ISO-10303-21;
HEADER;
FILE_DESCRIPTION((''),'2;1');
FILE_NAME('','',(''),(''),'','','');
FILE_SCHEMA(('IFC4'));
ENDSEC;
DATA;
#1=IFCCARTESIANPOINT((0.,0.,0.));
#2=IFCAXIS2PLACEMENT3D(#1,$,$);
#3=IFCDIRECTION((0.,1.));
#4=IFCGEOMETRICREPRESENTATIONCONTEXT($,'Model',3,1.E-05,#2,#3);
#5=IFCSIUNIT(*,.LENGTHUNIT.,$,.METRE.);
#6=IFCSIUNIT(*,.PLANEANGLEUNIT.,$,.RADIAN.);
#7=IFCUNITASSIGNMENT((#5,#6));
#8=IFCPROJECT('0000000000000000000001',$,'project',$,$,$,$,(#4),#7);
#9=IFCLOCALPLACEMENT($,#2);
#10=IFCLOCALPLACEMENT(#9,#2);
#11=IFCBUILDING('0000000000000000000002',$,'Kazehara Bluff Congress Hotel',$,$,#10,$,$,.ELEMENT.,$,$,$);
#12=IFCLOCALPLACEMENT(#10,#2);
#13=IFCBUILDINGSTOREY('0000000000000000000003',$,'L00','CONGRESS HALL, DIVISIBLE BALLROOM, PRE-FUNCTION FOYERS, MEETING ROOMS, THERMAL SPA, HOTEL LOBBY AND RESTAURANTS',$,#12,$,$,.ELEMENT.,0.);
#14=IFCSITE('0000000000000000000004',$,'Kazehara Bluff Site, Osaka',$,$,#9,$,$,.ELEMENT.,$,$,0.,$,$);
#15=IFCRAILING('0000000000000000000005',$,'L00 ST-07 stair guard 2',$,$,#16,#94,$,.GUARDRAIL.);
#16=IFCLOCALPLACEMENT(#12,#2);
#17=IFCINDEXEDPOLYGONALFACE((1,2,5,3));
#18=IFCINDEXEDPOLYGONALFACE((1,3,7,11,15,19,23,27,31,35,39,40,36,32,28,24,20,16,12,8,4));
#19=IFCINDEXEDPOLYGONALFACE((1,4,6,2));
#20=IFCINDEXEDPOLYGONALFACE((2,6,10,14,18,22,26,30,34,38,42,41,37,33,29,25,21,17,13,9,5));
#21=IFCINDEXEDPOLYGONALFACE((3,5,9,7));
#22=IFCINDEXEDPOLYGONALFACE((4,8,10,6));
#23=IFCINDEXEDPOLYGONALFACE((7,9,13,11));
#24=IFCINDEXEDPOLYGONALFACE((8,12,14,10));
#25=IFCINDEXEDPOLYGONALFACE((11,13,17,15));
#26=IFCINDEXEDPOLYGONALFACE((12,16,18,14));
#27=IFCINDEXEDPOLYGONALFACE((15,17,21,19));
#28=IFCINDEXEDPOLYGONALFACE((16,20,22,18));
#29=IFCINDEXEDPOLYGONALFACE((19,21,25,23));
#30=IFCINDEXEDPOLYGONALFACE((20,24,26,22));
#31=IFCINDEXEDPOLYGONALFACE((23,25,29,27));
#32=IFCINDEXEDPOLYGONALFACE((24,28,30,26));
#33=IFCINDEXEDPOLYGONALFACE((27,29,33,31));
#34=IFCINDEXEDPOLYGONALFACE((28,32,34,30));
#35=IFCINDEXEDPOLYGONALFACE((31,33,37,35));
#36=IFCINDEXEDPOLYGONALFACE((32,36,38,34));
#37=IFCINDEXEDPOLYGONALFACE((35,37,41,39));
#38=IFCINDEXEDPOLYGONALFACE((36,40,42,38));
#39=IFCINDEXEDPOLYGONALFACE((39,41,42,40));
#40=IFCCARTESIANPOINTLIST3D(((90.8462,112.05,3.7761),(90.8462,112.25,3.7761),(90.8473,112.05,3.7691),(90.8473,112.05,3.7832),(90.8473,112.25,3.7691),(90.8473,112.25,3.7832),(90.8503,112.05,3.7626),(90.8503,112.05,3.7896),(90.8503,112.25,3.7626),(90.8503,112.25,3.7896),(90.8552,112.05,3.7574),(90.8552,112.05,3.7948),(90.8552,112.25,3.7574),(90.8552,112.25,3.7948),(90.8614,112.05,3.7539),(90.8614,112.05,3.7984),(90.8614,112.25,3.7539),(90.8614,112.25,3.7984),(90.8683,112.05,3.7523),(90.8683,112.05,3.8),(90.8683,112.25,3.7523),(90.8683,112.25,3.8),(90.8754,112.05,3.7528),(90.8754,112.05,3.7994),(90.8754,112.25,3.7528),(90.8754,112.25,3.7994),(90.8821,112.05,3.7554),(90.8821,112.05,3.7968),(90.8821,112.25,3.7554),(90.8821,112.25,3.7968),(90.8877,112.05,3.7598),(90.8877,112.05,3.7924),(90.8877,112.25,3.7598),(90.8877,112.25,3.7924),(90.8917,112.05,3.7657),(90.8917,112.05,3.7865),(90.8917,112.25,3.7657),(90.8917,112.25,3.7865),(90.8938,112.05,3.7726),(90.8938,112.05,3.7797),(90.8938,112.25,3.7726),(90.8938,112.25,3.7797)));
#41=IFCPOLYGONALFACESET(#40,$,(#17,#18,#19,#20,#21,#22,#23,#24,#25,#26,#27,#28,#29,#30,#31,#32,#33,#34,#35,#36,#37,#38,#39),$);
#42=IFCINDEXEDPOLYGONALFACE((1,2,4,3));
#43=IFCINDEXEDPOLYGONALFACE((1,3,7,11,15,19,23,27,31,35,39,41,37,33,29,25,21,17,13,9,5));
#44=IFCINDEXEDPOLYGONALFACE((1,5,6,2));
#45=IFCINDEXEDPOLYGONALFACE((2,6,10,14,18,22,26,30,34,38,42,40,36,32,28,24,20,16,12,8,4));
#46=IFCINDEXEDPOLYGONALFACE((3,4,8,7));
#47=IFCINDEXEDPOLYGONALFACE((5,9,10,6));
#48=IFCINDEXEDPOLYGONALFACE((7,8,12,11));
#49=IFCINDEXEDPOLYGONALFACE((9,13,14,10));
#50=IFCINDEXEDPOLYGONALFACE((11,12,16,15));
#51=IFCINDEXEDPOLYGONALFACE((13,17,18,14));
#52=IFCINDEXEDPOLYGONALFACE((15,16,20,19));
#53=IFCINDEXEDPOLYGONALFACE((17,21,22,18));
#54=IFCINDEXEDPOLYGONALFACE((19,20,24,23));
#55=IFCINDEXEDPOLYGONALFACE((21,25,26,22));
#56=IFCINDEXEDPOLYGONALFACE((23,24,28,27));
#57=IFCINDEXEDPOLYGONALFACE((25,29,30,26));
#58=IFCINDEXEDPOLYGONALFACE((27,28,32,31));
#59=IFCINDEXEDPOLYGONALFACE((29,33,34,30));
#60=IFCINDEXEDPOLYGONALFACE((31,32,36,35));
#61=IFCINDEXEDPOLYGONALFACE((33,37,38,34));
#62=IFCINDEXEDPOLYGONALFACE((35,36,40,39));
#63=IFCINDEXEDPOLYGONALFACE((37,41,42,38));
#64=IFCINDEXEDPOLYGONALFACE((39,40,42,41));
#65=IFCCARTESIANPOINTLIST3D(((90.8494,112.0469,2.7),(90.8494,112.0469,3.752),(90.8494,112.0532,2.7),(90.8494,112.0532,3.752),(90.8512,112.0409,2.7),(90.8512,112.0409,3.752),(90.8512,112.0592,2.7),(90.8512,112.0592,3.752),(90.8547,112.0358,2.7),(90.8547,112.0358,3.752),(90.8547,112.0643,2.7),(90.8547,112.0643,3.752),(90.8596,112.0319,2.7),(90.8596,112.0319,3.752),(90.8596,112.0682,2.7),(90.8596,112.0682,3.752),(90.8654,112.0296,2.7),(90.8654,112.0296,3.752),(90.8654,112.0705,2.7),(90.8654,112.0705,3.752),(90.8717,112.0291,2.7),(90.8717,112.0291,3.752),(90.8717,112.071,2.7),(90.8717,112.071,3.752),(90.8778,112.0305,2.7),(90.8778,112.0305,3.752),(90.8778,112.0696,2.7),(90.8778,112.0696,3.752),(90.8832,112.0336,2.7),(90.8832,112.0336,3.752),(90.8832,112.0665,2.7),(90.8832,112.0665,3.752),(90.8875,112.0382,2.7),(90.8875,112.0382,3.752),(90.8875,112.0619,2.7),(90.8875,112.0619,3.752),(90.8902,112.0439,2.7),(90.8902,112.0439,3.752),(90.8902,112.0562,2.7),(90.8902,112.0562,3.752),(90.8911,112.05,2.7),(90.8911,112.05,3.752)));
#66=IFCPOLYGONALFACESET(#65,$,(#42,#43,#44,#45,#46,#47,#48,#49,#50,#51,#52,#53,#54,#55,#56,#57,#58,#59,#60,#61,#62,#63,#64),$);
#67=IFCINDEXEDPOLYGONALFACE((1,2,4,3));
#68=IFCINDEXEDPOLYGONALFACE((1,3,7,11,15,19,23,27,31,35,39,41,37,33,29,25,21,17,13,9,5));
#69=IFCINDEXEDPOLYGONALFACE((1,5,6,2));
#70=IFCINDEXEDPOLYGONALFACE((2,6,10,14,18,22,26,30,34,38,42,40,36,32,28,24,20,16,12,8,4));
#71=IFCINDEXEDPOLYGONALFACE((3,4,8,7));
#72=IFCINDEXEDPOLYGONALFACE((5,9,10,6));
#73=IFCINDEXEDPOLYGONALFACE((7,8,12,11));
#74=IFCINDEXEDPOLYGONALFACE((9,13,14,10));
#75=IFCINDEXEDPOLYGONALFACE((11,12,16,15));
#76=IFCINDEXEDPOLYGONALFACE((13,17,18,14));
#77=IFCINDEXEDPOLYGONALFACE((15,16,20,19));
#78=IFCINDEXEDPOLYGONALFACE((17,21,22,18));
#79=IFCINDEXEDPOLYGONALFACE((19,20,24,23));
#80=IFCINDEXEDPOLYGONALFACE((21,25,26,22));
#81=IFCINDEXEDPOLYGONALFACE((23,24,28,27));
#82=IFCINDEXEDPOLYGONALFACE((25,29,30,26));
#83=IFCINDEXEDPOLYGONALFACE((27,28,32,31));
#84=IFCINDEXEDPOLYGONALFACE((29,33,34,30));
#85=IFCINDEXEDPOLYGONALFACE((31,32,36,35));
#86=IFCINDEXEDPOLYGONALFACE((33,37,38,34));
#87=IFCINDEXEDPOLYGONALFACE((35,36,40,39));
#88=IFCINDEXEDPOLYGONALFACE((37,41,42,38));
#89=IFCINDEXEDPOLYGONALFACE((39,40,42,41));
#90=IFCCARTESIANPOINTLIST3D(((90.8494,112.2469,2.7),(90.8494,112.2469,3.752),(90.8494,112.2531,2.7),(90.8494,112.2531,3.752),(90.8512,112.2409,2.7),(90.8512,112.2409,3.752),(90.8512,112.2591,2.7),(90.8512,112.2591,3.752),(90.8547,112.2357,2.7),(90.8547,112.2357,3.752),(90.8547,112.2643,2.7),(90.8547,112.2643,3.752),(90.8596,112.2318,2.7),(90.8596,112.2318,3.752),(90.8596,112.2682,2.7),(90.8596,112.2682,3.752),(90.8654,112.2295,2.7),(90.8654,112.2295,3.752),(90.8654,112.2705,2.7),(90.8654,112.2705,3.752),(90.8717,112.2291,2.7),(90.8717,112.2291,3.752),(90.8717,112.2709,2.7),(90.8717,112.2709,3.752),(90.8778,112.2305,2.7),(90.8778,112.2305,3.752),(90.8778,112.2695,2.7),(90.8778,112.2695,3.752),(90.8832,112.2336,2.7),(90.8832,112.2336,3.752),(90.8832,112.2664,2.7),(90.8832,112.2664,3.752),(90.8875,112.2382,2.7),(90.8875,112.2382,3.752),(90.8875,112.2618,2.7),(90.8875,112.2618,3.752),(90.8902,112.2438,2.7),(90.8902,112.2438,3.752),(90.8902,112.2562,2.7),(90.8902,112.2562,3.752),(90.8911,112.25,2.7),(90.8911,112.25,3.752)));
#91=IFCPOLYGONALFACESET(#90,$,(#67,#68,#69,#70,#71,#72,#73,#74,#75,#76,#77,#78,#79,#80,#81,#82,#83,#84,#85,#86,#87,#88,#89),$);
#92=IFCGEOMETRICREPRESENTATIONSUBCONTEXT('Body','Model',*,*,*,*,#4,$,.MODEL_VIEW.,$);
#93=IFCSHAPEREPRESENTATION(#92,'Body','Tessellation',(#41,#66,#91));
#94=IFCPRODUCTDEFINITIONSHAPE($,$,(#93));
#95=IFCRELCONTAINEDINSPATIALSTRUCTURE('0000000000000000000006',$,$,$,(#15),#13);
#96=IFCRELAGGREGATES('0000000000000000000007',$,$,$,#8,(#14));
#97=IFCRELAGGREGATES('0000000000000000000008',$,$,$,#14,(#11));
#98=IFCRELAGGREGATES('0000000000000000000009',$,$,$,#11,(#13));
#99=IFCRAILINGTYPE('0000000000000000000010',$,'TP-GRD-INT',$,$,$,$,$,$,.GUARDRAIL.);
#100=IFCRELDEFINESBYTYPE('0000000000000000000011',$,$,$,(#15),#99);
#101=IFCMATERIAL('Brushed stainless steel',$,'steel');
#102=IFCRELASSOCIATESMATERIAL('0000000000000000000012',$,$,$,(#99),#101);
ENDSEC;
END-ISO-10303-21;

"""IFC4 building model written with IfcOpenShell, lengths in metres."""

from ifc_helpers import new_model, si_unit, direction, frame, origin, origin_2d, place, context, subcontext, project, spatial, circle, extrude, material, type_object, element, save


model = new_model("IFC4")

# Units and contexts
model_context = context("Model", 3, precision=1e-05, world=origin(), true_north=direction((0.0, 1.0)))
body_context = subcontext(model_context, "Body", "Model", "MODEL_VIEW")
ifc_project = project(units=[si_unit("LENGTHUNIT", "METRE"), si_unit("PLANEANGLEUNIT", "RADIAN")], contexts=[model_context])

# Site, building, storey
site_placement = place(None, origin())
site = spatial("IfcSite", under=ifc_project, at=site_placement, Name="Kazehara Bluff Site, Osaka", CompositionType="ELEMENT", RefElevation=0.0)
building_placement = place(site_placement, origin())
building = spatial("IfcBuilding", under=site, at=building_placement, Name="Kazehara Bluff Congress Hotel", CompositionType="ELEMENT")
storey_placement = place(building_placement, origin())
storey = spatial("IfcBuildingStorey", under=building, at=storey_placement, Name="L00", Description="CONGRESS HALL, DIVISIBLE BALLROOM, PRE-FUNCTION FOYERS, MEETING ROOMS, THERMAL SPA, HOTEL LOBBY AND RESTAURANTS", CompositionType="ELEMENT", Elevation=0.0)

# Railing
ifc_material_1 = material(Name="Brushed stainless steel", Category="steel")
railing_type_1 = type_object("IfcRailingType", Name="TP-GRD-INT", PredefinedType="GUARDRAIL", material=ifc_material_1)
railing_1_placement = place(storey_placement, frame((90.8701, 112.05, 2.7)))
element("IfcRailing", 1, at=railing_1_placement, inside=storey, type_object=railing_type_1, Name="L00 ST-07 stair guard 2", PredefinedType="GUARDRAIL", context=body_context, shape_type="SweptSolid", body=[
    extrude(circle(Radius=0.0239, at=origin_2d()), frame((0.0, 0.0, 1.0762), z_axis=(0.0, 1.0, 0.0), x_axis=(-1.0, 0.0, 0.0)), (0.0, 0.0, 1.0), 0.2),
    extrude(circle(Radius=0.021, at=origin_2d()), origin(), (0.0, 0.0, 1.0), 1.052),
    extrude(circle(Radius=0.021, at=origin_2d()), frame((0.0, 0.2, 0.0)), (0.0, 0.0, 1.0), 1.052),
])

save(model, "model.ifc")
